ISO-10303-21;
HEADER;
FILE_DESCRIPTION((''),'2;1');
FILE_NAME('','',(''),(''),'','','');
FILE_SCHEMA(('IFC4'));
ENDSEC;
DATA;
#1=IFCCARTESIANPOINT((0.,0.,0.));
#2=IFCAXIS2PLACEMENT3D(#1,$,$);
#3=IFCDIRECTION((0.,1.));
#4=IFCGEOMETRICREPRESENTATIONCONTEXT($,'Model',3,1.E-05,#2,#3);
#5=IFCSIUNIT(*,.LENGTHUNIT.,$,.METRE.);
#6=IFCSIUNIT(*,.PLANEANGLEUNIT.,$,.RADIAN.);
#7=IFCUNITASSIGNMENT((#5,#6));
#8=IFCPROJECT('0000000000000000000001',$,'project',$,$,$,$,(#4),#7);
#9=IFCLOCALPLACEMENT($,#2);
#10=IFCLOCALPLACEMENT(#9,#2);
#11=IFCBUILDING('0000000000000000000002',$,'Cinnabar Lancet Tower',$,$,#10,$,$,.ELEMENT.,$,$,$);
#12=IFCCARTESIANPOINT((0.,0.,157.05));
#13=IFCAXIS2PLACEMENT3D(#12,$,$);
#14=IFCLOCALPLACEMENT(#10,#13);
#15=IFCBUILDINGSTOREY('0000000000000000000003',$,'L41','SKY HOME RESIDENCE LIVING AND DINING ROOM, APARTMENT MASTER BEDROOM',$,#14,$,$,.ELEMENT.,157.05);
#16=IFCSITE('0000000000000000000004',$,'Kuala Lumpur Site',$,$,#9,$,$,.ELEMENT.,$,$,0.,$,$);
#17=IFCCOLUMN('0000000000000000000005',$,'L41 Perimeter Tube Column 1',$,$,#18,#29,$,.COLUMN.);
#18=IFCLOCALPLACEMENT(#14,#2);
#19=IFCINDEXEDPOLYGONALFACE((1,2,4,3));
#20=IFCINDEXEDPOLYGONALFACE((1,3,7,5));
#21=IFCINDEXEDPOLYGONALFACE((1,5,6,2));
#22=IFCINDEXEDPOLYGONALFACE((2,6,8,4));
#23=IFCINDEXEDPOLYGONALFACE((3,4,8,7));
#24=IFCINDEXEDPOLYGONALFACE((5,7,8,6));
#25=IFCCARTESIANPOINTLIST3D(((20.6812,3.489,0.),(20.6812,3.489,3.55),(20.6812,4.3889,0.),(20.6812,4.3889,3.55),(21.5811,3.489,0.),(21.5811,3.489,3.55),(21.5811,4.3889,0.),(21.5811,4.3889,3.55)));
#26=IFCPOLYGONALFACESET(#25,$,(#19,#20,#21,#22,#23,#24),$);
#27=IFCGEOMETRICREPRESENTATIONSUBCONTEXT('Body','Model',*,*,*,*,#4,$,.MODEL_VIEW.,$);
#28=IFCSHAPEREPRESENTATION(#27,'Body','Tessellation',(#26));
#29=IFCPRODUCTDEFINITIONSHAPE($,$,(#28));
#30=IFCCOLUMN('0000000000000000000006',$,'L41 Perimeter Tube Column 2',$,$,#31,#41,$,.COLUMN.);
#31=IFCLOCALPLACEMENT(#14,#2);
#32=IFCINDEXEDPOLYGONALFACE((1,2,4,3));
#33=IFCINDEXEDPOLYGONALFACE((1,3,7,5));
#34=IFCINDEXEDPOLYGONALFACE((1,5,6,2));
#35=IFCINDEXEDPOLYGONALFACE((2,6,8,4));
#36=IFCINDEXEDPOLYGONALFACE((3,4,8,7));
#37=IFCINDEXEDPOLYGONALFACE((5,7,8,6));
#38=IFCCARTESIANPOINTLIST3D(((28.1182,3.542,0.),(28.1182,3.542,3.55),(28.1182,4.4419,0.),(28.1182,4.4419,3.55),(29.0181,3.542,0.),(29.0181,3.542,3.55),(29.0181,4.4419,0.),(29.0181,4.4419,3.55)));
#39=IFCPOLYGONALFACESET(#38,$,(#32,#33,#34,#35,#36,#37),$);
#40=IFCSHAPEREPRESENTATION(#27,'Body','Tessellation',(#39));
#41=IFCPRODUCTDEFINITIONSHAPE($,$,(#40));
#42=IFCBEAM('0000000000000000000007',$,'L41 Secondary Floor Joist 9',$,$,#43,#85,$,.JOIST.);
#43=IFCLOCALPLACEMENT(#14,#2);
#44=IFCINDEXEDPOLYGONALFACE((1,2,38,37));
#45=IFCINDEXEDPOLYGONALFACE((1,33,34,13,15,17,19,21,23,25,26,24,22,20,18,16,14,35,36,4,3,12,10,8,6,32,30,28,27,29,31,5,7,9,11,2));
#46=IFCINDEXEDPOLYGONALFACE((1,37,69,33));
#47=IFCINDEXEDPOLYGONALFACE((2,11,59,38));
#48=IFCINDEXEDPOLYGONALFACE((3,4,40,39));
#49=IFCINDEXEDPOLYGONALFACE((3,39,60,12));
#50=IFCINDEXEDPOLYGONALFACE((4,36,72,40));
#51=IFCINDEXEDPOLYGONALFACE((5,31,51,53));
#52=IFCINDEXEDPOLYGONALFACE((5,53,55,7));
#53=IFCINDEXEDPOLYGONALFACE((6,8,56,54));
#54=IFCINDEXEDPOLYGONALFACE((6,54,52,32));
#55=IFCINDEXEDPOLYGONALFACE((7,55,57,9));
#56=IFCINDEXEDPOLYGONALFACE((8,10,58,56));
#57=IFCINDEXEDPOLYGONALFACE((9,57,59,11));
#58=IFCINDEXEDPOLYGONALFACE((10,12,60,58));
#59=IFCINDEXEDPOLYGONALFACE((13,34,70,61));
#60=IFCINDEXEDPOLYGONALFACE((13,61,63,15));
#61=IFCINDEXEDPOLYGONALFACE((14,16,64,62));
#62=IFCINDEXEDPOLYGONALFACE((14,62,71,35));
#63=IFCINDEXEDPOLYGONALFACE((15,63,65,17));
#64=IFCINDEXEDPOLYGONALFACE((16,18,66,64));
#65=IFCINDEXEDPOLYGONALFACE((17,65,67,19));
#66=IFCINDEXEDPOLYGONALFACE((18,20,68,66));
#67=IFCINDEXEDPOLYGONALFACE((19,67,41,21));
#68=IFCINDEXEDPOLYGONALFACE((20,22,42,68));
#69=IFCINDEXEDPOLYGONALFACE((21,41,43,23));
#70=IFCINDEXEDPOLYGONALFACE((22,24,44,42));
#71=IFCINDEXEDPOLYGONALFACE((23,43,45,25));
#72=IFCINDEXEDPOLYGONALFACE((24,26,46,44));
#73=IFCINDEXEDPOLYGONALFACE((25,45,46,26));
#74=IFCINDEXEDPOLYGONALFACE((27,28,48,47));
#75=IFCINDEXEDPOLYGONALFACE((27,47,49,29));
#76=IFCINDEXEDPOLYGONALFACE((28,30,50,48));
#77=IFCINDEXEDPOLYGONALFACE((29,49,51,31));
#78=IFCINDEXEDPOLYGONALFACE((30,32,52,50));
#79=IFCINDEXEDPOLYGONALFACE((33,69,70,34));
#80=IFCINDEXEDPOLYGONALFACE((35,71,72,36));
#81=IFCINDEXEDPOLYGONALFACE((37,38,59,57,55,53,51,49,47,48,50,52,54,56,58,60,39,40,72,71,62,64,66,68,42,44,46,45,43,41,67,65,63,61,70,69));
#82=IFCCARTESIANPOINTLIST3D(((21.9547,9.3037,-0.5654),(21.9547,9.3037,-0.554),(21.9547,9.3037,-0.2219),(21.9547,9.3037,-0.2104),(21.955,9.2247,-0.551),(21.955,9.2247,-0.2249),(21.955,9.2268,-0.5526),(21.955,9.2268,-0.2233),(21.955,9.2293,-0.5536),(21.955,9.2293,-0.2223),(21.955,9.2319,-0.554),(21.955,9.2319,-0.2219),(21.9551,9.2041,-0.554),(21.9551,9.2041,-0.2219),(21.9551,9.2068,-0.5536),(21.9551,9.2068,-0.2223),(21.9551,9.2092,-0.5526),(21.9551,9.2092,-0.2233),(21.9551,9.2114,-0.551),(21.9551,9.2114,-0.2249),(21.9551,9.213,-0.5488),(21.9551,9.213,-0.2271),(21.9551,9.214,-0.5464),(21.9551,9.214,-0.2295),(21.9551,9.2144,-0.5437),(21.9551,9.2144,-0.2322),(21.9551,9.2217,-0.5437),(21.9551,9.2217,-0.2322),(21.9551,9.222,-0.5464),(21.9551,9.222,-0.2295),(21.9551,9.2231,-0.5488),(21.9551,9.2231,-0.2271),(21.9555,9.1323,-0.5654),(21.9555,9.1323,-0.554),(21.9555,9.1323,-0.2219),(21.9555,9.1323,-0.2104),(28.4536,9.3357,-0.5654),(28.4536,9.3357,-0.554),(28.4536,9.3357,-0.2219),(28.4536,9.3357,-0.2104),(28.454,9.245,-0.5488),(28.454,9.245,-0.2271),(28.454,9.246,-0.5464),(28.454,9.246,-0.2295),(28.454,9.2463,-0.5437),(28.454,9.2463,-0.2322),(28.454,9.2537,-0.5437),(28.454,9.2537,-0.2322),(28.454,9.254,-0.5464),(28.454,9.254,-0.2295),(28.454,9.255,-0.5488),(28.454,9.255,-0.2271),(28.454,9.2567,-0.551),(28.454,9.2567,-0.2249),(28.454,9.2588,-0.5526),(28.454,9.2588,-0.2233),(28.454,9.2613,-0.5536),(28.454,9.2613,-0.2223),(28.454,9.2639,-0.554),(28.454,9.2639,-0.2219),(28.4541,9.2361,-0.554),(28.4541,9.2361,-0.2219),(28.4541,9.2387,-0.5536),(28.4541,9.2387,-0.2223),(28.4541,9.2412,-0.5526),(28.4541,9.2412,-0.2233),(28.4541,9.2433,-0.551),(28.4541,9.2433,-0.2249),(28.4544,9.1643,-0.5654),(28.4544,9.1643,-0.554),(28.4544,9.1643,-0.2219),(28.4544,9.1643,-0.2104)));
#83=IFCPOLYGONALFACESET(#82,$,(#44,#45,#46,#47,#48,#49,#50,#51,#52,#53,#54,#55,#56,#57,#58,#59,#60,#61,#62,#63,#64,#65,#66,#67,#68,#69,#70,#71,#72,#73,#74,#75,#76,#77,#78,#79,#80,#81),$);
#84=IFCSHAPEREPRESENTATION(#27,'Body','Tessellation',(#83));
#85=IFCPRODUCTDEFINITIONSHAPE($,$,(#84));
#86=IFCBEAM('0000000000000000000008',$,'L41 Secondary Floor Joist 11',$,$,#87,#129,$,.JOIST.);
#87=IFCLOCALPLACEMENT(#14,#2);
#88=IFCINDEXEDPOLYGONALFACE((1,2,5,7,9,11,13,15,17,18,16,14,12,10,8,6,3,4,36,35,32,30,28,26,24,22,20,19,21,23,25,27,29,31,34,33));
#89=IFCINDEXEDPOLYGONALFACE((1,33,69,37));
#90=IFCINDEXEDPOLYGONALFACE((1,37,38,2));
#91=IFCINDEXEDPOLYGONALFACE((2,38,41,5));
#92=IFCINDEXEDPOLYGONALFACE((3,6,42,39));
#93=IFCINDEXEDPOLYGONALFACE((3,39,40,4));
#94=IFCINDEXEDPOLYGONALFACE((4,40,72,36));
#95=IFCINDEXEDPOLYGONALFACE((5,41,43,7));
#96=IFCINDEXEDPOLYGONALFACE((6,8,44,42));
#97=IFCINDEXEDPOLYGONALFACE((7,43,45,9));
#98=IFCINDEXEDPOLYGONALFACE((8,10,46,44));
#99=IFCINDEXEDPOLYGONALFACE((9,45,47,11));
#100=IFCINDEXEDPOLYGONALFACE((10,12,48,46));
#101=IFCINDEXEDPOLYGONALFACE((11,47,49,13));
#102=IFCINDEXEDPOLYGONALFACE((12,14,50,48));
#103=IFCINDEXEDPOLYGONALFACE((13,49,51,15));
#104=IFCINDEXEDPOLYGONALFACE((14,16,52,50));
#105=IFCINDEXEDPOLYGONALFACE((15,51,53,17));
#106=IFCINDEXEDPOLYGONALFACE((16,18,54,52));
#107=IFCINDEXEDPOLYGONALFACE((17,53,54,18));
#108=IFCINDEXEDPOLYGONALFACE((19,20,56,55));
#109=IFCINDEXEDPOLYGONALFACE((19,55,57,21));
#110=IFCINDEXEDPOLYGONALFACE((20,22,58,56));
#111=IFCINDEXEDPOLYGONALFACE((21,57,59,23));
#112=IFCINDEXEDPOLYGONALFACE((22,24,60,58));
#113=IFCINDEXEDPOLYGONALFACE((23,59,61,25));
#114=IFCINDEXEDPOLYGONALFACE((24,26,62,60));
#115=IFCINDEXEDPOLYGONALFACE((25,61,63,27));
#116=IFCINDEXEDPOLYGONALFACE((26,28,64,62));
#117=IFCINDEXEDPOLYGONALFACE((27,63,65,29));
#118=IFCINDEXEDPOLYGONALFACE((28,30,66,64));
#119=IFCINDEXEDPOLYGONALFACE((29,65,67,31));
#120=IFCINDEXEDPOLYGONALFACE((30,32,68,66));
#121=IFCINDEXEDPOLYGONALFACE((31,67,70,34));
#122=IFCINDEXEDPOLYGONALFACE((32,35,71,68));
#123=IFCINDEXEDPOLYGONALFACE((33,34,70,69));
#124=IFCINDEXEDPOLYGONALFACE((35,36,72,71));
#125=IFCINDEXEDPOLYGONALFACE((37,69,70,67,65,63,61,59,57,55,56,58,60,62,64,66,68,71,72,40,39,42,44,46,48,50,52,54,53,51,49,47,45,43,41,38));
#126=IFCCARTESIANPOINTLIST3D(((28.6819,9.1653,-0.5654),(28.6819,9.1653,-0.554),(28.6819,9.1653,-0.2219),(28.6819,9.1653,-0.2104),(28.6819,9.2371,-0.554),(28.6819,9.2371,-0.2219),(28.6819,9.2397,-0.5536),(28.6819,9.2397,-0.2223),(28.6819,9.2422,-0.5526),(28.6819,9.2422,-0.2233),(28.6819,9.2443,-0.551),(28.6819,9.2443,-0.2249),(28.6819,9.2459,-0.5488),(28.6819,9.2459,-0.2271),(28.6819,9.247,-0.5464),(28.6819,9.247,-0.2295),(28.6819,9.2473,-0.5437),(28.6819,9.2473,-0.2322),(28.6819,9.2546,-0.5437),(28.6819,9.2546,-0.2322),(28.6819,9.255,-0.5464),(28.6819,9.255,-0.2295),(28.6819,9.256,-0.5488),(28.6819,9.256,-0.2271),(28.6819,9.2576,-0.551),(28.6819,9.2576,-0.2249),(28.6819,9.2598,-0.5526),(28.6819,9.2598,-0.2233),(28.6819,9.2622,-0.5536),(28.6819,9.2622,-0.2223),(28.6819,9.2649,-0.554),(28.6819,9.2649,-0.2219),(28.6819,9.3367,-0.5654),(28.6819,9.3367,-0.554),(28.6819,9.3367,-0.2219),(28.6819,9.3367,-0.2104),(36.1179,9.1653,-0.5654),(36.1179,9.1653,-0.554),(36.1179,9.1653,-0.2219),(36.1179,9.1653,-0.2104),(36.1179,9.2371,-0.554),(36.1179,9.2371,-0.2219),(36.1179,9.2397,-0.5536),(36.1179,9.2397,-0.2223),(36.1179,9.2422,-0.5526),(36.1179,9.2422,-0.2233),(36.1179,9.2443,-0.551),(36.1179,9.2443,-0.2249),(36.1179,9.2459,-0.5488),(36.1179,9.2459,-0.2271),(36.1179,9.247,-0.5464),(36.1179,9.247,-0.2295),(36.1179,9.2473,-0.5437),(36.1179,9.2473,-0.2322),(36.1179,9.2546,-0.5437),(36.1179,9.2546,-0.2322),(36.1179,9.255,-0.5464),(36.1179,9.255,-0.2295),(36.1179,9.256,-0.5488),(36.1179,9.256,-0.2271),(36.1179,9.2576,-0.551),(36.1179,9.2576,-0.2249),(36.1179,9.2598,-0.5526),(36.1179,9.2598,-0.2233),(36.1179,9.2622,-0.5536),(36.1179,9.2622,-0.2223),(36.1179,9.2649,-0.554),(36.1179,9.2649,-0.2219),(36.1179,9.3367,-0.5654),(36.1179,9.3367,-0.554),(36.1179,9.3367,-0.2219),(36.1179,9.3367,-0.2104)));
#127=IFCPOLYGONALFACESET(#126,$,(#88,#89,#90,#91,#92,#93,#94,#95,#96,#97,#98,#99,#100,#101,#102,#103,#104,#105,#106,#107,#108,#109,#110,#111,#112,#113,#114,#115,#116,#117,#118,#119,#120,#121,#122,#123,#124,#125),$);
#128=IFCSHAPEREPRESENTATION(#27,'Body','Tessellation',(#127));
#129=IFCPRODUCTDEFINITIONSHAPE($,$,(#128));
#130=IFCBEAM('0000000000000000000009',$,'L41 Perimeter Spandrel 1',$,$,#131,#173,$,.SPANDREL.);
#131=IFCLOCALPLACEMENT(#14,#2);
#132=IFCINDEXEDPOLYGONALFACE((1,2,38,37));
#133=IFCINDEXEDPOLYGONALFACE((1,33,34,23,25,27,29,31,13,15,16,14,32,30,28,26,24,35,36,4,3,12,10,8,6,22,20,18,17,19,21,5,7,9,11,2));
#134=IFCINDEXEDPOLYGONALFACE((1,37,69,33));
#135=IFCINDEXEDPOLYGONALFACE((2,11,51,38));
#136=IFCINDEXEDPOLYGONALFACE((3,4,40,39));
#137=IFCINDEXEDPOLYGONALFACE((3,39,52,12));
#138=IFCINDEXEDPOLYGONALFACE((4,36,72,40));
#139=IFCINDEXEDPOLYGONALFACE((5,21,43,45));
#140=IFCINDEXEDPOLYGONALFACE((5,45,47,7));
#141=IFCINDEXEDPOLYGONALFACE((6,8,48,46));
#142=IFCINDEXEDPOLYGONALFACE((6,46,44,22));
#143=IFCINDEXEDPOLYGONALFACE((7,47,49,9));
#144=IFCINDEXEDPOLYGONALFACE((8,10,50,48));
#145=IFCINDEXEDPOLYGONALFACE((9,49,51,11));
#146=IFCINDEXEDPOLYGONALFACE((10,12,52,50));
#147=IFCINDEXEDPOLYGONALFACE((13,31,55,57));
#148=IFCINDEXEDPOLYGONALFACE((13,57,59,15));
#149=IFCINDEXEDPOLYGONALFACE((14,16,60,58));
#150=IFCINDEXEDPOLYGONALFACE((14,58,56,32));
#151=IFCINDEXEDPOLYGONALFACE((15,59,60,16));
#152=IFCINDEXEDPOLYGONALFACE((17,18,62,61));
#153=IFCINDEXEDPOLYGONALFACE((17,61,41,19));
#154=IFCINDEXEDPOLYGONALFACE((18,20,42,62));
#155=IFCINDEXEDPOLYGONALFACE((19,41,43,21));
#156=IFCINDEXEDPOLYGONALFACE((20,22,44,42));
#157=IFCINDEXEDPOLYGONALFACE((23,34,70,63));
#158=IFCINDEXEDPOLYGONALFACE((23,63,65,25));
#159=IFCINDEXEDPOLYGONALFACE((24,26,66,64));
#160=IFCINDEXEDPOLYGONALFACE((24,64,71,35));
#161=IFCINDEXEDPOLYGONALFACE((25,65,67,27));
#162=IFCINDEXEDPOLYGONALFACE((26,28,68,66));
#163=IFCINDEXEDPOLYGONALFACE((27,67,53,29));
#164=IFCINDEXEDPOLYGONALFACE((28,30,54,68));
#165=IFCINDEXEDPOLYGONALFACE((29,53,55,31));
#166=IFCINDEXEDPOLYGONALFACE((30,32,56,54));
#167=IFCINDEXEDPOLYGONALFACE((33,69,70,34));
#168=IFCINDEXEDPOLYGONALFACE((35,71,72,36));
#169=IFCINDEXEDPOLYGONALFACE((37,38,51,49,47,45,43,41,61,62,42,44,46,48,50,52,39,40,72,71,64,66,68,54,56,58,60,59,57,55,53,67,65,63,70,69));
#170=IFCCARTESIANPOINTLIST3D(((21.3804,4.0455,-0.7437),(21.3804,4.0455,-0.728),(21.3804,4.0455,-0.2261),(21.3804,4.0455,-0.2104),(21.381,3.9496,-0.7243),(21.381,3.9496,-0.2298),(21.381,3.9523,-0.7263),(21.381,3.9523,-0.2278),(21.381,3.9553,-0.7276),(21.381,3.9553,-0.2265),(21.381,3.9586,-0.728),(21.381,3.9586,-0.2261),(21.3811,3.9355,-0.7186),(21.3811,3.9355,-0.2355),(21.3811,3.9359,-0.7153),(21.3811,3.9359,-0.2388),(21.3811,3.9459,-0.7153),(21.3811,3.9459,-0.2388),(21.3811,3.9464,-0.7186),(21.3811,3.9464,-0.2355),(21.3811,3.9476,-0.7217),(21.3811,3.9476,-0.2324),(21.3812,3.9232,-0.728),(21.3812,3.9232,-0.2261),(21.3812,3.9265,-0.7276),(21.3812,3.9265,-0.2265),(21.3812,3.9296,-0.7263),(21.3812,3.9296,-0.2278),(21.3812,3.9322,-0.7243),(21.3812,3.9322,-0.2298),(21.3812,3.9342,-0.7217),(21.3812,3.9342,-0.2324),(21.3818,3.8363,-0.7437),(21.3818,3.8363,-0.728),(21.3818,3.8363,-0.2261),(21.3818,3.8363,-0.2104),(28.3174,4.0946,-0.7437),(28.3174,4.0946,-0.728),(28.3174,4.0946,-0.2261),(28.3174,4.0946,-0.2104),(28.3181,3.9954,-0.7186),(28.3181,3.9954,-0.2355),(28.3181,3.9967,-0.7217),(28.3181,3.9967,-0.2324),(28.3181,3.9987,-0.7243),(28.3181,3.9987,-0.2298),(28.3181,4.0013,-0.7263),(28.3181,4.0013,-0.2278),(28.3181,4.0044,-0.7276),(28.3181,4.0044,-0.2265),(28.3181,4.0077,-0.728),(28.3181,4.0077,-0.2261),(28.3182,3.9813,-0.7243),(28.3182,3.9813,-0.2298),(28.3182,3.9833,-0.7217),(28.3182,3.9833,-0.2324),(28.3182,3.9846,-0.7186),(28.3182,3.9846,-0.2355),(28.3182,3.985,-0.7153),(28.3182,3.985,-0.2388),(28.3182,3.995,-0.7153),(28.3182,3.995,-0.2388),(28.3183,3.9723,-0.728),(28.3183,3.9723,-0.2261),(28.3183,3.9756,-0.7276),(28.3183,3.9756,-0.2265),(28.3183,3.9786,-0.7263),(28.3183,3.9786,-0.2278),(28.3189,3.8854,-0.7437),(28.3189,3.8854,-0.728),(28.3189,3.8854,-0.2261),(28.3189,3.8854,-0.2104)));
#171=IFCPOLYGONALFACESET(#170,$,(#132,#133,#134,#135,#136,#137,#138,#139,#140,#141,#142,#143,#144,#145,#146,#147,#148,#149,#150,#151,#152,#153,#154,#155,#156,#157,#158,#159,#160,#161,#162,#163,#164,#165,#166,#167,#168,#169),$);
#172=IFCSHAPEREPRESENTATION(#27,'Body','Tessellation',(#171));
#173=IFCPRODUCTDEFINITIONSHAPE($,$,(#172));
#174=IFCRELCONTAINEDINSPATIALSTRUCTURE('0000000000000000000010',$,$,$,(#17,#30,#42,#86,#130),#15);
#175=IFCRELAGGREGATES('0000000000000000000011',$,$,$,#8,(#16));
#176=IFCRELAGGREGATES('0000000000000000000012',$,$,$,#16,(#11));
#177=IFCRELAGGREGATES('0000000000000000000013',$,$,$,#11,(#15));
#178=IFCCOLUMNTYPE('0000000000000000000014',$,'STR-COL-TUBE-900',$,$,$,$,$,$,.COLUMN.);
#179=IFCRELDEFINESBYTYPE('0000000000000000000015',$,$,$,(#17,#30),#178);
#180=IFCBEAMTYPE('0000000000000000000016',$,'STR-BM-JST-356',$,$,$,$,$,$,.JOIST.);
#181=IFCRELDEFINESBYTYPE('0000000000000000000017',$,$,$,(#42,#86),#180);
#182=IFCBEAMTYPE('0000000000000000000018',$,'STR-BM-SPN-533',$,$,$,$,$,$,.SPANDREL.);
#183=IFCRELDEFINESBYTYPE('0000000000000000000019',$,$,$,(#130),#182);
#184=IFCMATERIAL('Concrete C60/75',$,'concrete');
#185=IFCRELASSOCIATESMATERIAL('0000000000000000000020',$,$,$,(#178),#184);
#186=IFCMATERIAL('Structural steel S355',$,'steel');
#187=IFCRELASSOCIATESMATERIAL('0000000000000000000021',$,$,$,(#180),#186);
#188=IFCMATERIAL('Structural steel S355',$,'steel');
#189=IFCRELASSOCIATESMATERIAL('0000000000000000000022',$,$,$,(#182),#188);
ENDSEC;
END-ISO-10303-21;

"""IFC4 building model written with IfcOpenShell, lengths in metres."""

from ifc_helpers import new_model, si_unit, direction, frame, origin, origin_2d, place, context, subcontext, project, spatial, rectangle, i_section, extrude, material, material_profile, profile_set, type_object, element, save


model = new_model("IFC4")

# Units and contexts
model_context = context("Model", 3, precision=1e-05, world=origin(), true_north=direction((0.0, 1.0)))
body_context = subcontext(model_context, "Body", "Model", "MODEL_VIEW")
ifc_project = project(units=[si_unit("LENGTHUNIT", "METRE"), si_unit("PLANEANGLEUNIT", "RADIAN")], contexts=[model_context])

# Site, building, storey
site_placement = place(None, origin())
site = spatial("IfcSite", under=ifc_project, at=site_placement, Name="Kuala Lumpur Site", CompositionType="ELEMENT", RefElevation=0.0)
building_placement = place(site_placement, origin())
building = spatial("IfcBuilding", under=site, at=building_placement, Name="Cinnabar Lancet Tower", CompositionType="ELEMENT")
storey_placement = place(building_placement, frame((0.0, 0.0, 157.05)))
storey = spatial("IfcBuildingStorey", under=building, at=storey_placement, Name="L41", Description="SKY HOME RESIDENCE LIVING AND DINING ROOM, APARTMENT MASTER BEDROOM", CompositionType="ELEMENT", Elevation=157.05)

# Columns
ifc_material_1 = material(Name="Concrete C60/75", Category="concrete")
ifc_material_profile_1 = material_profile(ifc_material_1, rectangle(XDim=0.8999, YDim=0.8999, at=origin_2d()), Name="RC-COL 900x900")
ifc_profile_set_1 = profile_set([ifc_material_profile_1], Name="Concrete C60/75")
column_type = type_object("IfcColumnType", Name="STR-COL-TUBE-900", PredefinedType="COLUMN", material=ifc_profile_set_1)
for number, where, z_axis, x_axis, name in (
    (1, (21.1311, 3.939, 0.0), (0.0, 0.0, 1.0), (1.0, 0.0, 0.0), "L41 Perimeter Tube Column 1"),
    (2, (28.5681, 3.9919, 0.0), (0.0, 0.0, 1.0), (1.0, 0.0, 0.0), "L41 Perimeter Tube Column 2"),
):
    element("IfcColumn", number, at=place(storey_placement, frame(where, z_axis=z_axis, x_axis=x_axis)), inside=storey, type_object=column_type, Name=name, PredefinedType="COLUMN", context=body_context, shape_type="SweptSolid", body=[
        extrude(rectangle(XDim=0.8999, YDim=0.8999, at=origin_2d()), origin(), (0.0, 0.0, 1.0), 3.55),
    ])

# Beams
ifc_material_2 = material(Name="Structural steel S355", Category="steel")
ifc_material_profile_2 = material_profile(ifc_material_2, i_section(OverallWidth=0.1714, OverallDepth=0.355, WebThickness=0.0073, FlangeThickness=0.0115, FilletRadius=0.0103, at=origin_2d()), Name="UKB 356x171x51")
ifc_profile_set_2 = profile_set([ifc_material_profile_2], Name="Structural steel S355")
beam_type_1 = type_object("IfcBeamType", Name="STR-BM-JST-356", PredefinedType="JOIST", material=ifc_profile_set_2)
beam_1_placement = place(storey_placement, frame((21.9551, 9.218, -0.3879), z_axis=(0.999988, 0.004921, 0.0), x_axis=(-0.004921, 0.999988, 0.0)))
element("IfcBeam", 3, at=beam_1_placement, inside=storey, type_object=beam_type_1, Name="L41 Secondary Floor Joist 9", PredefinedType="JOIST", context=body_context, shape_type="SweptSolid", body=[
    extrude(i_section(OverallWidth=0.1714, OverallDepth=0.355, WebThickness=0.0073, FlangeThickness=0.0115, FilletRadius=0.0103, at=origin_2d()), origin(), (0.0, 0.0, 1.0), 6.499),
])
beam_2_placement = place(storey_placement, frame((28.6819, 9.251, -0.3879), z_axis=(1.0, 0.0, 0.0), x_axis=(0.0, 1.0, 0.0)))
element("IfcBeam", 4, at=beam_2_placement, inside=storey, type_object=beam_type_1, Name="L41 Secondary Floor Joist 11", PredefinedType="JOIST", context=body_context, shape_type="SweptSolid", body=[
    extrude(i_section(OverallWidth=0.1714, OverallDepth=0.355, WebThickness=0.0073, FlangeThickness=0.0115, FilletRadius=0.0103, at=origin_2d()), origin(), (0.0, 0.0, 1.0), 7.436),
])
ifc_material_3 = material(Name="Structural steel S355", Category="steel")
ifc_material_profile_3 = material_profile(ifc_material_3, i_section(OverallWidth=0.2092, OverallDepth=0.5332, WebThickness=0.01, FlangeThickness=0.0156, FilletRadius=0.0127, at=origin_2d()), Name="UKB 533x210x92")
ifc_profile_set_3 = profile_set([ifc_material_profile_3], Name="Structural steel S355")
beam_type_2 = type_object("IfcBeamType", Name="STR-BM-SPN-533", PredefinedType="SPANDREL", material=ifc_profile_set_3)
beam_3_placement = place(storey_placement, frame((21.3811, 3.9409, -0.4771), z_axis=(0.999975, 0.007074, 0.0), x_axis=(-0.007074, 0.999975, 0.0)))
element("IfcBeam", 5, at=beam_3_placement, inside=storey, type_object=beam_type_2, Name="L41 Perimeter Spandrel 1", PredefinedType="SPANDREL", context=body_context, shape_type="SweptSolid", body=[
    extrude(i_section(OverallWidth=0.2092, OverallDepth=0.5332, WebThickness=0.01, FlangeThickness=0.0156, FilletRadius=0.0127, at=origin_2d()), origin(), (0.0, 0.0, 1.0), 6.9373),
])

save(model, "model.ifc")
